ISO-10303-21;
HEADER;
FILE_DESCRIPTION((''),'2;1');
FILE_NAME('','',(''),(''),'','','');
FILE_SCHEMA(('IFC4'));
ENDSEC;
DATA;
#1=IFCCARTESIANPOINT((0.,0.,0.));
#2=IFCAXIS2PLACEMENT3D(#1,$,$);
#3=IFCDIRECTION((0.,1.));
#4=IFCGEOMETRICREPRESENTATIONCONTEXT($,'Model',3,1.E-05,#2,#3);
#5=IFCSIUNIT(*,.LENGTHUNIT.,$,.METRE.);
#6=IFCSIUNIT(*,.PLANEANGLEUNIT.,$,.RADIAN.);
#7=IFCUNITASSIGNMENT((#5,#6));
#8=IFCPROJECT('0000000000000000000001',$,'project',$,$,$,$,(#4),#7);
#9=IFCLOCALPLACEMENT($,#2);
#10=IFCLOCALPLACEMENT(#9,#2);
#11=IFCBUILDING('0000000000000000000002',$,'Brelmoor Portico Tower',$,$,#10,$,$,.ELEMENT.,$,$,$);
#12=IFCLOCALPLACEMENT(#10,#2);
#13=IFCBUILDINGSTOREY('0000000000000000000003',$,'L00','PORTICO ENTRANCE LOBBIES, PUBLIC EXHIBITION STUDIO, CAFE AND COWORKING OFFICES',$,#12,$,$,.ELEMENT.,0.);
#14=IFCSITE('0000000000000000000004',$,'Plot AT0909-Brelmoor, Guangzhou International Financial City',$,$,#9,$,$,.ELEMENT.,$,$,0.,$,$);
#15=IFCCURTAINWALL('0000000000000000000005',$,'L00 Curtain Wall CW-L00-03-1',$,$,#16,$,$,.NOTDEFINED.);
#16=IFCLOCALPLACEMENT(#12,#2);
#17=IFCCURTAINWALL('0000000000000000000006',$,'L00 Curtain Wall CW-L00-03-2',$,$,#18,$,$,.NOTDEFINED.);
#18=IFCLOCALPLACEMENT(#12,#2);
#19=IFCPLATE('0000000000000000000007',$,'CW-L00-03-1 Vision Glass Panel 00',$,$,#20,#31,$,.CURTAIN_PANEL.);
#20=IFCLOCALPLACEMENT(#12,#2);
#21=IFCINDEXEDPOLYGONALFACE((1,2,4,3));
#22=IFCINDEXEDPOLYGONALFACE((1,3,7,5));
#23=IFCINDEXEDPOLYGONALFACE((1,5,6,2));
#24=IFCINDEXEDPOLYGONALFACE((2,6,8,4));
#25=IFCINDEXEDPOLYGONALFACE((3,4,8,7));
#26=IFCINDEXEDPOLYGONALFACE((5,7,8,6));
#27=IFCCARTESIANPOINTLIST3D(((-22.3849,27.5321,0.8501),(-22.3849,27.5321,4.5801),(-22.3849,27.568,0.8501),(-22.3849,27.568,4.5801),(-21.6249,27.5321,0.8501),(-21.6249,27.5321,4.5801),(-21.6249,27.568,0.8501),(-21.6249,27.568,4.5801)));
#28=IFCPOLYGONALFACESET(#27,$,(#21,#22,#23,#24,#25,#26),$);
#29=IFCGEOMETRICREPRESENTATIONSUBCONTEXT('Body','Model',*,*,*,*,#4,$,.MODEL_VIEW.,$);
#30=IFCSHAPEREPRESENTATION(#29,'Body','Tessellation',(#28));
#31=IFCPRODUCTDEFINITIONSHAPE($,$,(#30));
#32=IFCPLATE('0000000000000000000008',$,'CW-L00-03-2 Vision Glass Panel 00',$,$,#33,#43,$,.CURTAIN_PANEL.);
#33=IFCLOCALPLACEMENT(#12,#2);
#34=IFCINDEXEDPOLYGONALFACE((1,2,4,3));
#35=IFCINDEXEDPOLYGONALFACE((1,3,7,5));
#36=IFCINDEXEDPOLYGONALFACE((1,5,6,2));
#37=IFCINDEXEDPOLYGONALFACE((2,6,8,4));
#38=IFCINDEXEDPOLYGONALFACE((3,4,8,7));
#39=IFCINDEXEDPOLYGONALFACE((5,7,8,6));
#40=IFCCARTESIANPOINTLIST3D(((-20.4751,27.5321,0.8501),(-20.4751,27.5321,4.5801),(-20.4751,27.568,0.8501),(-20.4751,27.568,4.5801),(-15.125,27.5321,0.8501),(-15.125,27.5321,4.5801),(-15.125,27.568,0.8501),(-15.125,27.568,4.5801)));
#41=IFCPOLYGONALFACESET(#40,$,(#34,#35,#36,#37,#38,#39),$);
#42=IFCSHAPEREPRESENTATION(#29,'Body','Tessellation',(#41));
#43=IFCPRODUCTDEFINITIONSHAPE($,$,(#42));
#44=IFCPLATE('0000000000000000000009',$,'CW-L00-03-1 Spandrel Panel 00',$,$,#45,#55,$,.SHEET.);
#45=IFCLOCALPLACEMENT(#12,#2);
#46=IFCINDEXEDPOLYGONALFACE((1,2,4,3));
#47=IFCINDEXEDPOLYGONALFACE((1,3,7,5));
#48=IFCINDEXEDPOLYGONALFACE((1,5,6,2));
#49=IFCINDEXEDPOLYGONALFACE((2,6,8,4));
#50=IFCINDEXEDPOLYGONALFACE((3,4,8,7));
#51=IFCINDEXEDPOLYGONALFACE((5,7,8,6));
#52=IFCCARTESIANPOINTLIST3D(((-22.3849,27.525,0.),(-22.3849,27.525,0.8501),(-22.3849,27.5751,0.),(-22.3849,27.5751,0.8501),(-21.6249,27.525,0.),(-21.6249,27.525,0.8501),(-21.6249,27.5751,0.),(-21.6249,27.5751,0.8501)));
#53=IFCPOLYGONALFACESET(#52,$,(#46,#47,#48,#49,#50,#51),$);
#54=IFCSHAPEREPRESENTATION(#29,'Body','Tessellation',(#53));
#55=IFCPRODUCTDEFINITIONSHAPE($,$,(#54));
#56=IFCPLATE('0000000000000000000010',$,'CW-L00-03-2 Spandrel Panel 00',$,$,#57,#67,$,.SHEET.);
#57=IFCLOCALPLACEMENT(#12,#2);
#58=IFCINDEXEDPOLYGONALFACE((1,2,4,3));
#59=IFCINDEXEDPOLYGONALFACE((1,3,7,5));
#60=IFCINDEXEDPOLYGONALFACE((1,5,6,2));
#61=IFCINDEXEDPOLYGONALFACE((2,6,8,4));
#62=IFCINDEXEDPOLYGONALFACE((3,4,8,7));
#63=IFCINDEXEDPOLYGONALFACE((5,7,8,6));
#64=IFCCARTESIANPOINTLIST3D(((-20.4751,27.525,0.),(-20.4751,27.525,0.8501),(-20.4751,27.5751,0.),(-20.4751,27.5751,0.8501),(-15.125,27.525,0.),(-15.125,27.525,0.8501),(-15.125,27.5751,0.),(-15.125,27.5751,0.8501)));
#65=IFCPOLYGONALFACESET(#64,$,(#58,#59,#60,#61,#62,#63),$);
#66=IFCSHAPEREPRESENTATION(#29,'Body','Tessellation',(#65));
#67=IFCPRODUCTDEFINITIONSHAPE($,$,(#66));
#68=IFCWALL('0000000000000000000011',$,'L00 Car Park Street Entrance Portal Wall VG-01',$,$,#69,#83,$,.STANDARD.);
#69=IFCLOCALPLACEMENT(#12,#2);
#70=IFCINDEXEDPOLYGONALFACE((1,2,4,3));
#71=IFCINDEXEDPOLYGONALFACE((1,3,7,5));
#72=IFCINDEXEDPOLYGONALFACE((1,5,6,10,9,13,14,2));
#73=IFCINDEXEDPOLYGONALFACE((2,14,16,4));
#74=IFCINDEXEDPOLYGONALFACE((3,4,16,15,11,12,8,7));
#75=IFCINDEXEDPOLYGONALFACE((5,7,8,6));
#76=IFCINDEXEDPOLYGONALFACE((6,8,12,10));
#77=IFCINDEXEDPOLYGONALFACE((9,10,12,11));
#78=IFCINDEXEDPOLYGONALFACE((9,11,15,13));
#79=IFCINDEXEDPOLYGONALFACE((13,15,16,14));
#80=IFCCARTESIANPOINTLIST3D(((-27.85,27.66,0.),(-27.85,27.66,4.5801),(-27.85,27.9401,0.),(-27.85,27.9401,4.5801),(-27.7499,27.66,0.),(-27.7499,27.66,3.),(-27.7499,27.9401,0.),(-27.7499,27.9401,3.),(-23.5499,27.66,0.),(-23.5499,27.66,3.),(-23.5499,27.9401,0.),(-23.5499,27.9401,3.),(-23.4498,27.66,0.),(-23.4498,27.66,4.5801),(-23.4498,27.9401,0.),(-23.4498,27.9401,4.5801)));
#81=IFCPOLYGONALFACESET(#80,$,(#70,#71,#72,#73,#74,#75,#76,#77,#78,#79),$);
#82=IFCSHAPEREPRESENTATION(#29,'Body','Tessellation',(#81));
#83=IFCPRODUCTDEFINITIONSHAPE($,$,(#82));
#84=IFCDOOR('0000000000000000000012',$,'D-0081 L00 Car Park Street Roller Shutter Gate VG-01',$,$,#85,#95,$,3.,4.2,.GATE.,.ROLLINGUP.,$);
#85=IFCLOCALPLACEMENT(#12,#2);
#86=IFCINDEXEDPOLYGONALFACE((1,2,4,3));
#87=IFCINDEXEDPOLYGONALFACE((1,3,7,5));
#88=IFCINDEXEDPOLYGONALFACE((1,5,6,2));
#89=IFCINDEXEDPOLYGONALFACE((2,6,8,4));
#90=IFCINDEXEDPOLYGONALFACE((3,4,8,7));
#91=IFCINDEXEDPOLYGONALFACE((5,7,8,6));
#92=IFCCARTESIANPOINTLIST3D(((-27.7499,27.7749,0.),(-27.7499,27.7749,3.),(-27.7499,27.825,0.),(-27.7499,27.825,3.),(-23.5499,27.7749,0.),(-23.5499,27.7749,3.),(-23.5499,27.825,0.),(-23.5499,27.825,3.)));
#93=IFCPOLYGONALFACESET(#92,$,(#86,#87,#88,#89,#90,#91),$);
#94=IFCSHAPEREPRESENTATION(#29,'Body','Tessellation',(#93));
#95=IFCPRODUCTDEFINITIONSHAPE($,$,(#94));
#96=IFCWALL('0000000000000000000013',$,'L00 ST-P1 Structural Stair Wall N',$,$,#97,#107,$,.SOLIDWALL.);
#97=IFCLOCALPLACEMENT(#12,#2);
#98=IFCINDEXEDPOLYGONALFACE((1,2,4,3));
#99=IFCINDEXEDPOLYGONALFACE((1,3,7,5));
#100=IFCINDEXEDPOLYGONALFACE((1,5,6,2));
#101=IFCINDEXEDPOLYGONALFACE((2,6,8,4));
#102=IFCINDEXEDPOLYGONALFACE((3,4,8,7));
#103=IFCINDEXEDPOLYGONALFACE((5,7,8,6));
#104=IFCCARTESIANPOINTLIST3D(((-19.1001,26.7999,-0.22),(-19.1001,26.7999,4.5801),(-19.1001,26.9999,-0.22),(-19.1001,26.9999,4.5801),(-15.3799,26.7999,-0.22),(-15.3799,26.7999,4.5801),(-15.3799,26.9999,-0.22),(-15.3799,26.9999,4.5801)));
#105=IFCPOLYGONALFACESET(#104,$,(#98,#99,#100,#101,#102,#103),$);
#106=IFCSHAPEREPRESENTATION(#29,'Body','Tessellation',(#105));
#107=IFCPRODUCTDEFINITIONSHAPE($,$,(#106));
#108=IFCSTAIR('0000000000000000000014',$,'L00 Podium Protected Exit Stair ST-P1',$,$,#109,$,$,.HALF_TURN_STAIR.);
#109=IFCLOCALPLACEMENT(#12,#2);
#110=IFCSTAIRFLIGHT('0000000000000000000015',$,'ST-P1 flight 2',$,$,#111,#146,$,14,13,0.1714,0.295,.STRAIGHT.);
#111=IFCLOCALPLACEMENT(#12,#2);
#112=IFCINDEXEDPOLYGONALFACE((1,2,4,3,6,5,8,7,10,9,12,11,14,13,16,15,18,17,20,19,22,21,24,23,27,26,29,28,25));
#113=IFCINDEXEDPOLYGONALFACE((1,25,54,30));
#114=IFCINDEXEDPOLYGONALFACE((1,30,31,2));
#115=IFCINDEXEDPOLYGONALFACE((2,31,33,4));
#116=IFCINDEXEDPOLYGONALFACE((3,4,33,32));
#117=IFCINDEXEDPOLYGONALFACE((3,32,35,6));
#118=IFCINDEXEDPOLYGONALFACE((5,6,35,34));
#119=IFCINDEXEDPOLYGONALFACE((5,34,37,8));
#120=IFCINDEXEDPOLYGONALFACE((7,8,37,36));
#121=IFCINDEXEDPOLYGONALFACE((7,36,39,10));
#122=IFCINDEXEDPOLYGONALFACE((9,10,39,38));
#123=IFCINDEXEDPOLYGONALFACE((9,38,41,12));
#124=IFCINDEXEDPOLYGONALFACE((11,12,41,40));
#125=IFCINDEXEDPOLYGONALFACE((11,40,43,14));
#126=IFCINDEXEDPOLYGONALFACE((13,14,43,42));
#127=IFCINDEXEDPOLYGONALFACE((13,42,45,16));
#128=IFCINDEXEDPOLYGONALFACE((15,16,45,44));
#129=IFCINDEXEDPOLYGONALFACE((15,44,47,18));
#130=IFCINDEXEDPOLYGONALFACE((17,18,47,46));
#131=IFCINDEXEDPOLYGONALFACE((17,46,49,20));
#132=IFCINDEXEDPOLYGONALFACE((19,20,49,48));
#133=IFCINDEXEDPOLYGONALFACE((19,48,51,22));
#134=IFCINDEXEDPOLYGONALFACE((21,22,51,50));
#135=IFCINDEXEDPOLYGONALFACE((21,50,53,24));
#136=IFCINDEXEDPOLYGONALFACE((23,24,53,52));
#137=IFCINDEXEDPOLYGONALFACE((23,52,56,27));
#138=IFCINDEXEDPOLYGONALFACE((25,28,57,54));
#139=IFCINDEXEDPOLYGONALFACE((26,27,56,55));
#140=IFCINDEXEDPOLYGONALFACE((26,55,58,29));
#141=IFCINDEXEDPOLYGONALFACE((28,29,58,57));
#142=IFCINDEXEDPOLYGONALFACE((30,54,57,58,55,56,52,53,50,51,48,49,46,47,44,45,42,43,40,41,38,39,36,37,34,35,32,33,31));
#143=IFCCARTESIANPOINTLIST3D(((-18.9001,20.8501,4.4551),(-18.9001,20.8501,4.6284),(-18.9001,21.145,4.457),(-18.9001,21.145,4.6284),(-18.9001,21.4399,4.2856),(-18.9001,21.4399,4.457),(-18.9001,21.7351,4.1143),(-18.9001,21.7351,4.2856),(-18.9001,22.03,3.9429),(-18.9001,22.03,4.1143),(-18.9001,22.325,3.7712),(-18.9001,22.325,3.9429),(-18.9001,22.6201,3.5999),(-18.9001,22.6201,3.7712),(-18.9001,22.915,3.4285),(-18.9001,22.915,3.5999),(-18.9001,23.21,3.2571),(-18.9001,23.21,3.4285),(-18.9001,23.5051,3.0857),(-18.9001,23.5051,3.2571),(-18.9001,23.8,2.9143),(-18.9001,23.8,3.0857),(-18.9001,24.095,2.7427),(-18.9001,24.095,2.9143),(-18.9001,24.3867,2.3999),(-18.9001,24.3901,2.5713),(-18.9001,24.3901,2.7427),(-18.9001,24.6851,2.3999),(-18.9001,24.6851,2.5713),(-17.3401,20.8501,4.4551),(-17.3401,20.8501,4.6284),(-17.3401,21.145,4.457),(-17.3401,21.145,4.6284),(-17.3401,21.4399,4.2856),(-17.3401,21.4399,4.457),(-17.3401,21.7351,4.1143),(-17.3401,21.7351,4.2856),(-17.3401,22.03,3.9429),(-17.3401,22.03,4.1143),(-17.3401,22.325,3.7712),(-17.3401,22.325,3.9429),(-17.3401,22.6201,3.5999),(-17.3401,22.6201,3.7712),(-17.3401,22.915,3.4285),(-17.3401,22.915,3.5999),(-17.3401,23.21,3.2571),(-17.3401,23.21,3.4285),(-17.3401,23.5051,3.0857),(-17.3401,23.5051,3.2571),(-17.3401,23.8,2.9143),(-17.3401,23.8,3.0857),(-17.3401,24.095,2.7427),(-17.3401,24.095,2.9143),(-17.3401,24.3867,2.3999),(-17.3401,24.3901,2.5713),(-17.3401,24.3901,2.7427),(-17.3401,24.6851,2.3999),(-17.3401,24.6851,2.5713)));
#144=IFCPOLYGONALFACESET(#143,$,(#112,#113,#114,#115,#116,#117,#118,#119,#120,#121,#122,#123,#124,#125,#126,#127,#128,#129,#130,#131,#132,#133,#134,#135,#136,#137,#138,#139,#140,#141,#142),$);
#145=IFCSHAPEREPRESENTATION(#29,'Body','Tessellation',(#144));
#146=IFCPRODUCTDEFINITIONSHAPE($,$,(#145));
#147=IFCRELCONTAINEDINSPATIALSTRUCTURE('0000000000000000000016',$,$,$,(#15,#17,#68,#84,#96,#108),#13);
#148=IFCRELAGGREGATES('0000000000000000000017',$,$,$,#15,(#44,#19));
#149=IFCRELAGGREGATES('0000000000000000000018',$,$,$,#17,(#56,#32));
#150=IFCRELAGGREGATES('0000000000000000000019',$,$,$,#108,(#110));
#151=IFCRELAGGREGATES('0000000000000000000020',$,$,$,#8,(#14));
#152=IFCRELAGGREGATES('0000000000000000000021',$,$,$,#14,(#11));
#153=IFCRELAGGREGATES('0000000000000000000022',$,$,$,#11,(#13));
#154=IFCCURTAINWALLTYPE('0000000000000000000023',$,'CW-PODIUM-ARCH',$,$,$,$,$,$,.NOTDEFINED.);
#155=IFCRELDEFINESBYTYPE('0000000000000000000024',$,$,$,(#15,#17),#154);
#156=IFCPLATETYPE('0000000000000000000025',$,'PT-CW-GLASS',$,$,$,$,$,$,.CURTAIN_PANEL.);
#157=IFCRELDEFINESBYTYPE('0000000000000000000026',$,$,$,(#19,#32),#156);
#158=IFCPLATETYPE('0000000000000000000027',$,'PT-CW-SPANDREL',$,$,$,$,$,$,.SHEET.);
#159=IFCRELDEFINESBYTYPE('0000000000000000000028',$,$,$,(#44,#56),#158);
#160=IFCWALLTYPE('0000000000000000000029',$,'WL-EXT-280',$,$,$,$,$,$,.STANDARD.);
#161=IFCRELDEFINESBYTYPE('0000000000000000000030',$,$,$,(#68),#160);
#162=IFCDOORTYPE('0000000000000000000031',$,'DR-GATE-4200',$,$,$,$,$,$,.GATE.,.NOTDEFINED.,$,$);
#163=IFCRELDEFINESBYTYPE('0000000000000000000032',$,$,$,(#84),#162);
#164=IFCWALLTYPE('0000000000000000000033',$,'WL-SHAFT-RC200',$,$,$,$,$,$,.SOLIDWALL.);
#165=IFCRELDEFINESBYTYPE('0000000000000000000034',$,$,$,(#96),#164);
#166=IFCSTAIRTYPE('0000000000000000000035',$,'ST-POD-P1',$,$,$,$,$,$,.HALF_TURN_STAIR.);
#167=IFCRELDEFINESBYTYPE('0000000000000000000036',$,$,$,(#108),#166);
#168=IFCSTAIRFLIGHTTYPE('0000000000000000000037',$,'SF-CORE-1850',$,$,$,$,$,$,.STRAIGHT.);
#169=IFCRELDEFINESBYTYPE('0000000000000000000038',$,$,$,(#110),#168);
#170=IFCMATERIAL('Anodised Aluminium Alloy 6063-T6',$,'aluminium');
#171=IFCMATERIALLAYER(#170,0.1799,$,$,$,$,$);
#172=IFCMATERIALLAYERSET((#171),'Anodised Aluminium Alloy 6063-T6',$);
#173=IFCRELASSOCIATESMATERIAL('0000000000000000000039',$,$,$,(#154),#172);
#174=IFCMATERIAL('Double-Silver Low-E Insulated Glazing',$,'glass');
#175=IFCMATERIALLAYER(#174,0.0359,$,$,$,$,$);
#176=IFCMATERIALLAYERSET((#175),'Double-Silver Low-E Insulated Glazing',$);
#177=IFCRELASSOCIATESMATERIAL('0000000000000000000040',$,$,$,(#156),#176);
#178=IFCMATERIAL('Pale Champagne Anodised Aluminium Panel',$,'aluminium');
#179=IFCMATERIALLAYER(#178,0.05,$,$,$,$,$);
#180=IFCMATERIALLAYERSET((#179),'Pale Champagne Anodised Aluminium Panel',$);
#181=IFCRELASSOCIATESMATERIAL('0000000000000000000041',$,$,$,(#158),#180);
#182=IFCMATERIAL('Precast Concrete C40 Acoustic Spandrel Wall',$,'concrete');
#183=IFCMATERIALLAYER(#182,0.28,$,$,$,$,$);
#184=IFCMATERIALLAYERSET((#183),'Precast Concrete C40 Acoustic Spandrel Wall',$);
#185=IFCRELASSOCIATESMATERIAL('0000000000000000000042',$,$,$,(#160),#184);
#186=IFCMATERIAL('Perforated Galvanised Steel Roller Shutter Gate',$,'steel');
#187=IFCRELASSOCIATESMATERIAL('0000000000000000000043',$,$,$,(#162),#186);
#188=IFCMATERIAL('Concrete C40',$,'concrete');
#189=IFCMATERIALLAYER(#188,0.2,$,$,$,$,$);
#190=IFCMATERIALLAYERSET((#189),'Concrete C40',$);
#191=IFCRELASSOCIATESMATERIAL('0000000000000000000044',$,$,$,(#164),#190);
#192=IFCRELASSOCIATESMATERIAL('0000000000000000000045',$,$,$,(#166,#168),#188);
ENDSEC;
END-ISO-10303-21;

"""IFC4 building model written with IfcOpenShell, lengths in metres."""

from ifc_helpers import new_model, si_unit, direction, frame, frame_2d, origin, origin_2d, place, context, subcontext, project, spatial, polyline, rectangle, outline, extrude, material, layer, layer_set, type_object, element, fill, aggregate, save


model = new_model("IFC4")

# Units and contexts
model_context = context("Model", 3, precision=1e-05, world=origin(), true_north=direction((0.0, 1.0)))
body_context = subcontext(model_context, "Body", "Model", "MODEL_VIEW")
ifc_project = project(units=[si_unit("LENGTHUNIT", "METRE"), si_unit("PLANEANGLEUNIT", "RADIAN")], contexts=[model_context])

# Site, building, storey
site_placement = place(None, origin())
site = spatial("IfcSite", under=ifc_project, at=site_placement, Name="Plot AT0909-Brelmoor, Guangzhou International Financial City", CompositionType="ELEMENT", RefElevation=0.0)
building_placement = place(site_placement, origin())
building = spatial("IfcBuilding", under=site, at=building_placement, Name="Brelmoor Portico Tower", CompositionType="ELEMENT")
storey_placement = place(building_placement, origin())
storey = spatial("IfcBuildingStorey", under=building, at=storey_placement, Name="L00", Description="PORTICO ENTRANCE LOBBIES, PUBLIC EXHIBITION STUDIO, CAFE AND COWORKING OFFICES", CompositionType="ELEMENT", Elevation=0.0)

# Curtain wall
ifc_material_1 = material(Name="Anodised Aluminium Alloy 6063-T6", Category="aluminium")
ifc_layer_1 = layer(ifc_material_1, 0.1799)
ifc_layer_set_1 = layer_set([ifc_layer_1], Name="Anodised Aluminium Alloy 6063-T6")
curtain_wall_type = type_object("IfcCurtainWallType", Name="CW-PODIUM-ARCH", PredefinedType="NOTDEFINED", material=ifc_layer_set_1)
curtain_wall_1_placement = place(storey_placement, origin())
curtain_wall_1 = element("IfcCurtainWall", 1, at=curtain_wall_1_placement, inside=storey, type_object=curtain_wall_type, Name="L00 Curtain Wall CW-L00-03-1", PredefinedType="NOTDEFINED")

# Curtain wall
curtain_wall_2_placement = place(storey_placement, origin())
curtain_wall_2 = element("IfcCurtainWall", 2, at=curtain_wall_2_placement, inside=storey, type_object=curtain_wall_type, Name="L00 Curtain Wall CW-L00-03-2", PredefinedType="NOTDEFINED")

# Plates
ifc_material_2 = material(Name="Double-Silver Low-E Insulated Glazing", Category="glass")
ifc_layer_2 = layer(ifc_material_2, 0.0359)
ifc_layer_set_2 = layer_set([ifc_layer_2], Name="Double-Silver Low-E Insulated Glazing")
plate_type_1 = type_object("IfcPlateType", Name="PT-CW-GLASS", PredefinedType="CURTAIN_PANEL", material=ifc_layer_set_2)
plate_1_placement = place(storey_placement, frame((-22.0049, 27.55, 0.8501), z_axis=(0.0, 0.0, 1.0), x_axis=(1.0, 0.0, 0.0)))
plate_1 = element("IfcPlate", 3, at=plate_1_placement, type_object=plate_type_1, Name="CW-L00-03-1 Vision Glass Panel 00", PredefinedType="CURTAIN_PANEL", context=body_context, shape_type="SweptSolid", body=[
    extrude(rectangle(XDim=0.76, YDim=0.0359, at=origin_2d()), origin(), (0.0, 0.0, 1.0), 3.73),
])
plate_2_placement = place(storey_placement, frame((-17.8, 27.55, 0.8501), z_axis=(0.0, 0.0, 1.0), x_axis=(1.0, 0.0, 0.0)))
plate_2 = element("IfcPlate", 4, at=plate_2_placement, type_object=plate_type_1, Name="CW-L00-03-2 Vision Glass Panel 00", PredefinedType="CURTAIN_PANEL", context=body_context, shape_type="SweptSolid", body=[
    extrude(rectangle(XDim=5.3501, YDim=0.0359, at=origin_2d()), origin(), (0.0, 0.0, 1.0), 3.73),
])
ifc_material_3 = material(Name="Pale Champagne Anodised Aluminium Panel", Category="aluminium")
ifc_layer_3 = layer(ifc_material_3, 0.05)
ifc_layer_set_3 = layer_set([ifc_layer_3], Name="Pale Champagne Anodised Aluminium Panel")
plate_type_2 = type_object("IfcPlateType", Name="PT-CW-SPANDREL", PredefinedType="SHEET", material=ifc_layer_set_3)
plate_3_placement = place(storey_placement, frame((-22.0049, 27.55, 0.0), z_axis=(0.0, 0.0, 1.0), x_axis=(1.0, 0.0, 0.0)))
plate_3 = element("IfcPlate", 5, at=plate_3_placement, type_object=plate_type_2, Name="CW-L00-03-1 Spandrel Panel 00", PredefinedType="SHEET", context=body_context, shape_type="SweptSolid", body=[
    extrude(rectangle(XDim=0.76, YDim=0.05, at=origin_2d()), origin(), (0.0, 0.0, 1.0), 0.8501),
])
aggregate(curtain_wall_1, [plate_3, plate_1])
plate_4_placement = place(storey_placement, frame((-17.8, 27.55, 0.0), z_axis=(0.0, 0.0, 1.0), x_axis=(1.0, 0.0, 0.0)))
plate_4 = element("IfcPlate", 6, at=plate_4_placement, type_object=plate_type_2, Name="CW-L00-03-2 Spandrel Panel 00", PredefinedType="SHEET", context=body_context, shape_type="SweptSolid", body=[
    extrude(rectangle(XDim=5.3501, YDim=0.05, at=origin_2d()), origin(), (0.0, 0.0, 1.0), 0.8501),
])
aggregate(curtain_wall_2, [plate_4, plate_2])

# Wall, opening, door
ifc_material_4 = material(Name="Precast Concrete C40 Acoustic Spandrel Wall", Category="concrete")
ifc_layer_4 = layer(ifc_material_4, 0.28)
ifc_layer_set_4 = layer_set([ifc_layer_4], Name="Precast Concrete C40 Acoustic Spandrel Wall")
wall_type_1 = type_object("IfcWallType", Name="WL-EXT-280", PredefinedType="STANDARD", material=ifc_layer_set_4)
wall_1_placement = place(storey_placement, frame((-27.8501, 27.8, 0.0), z_axis=(0.0, 0.0, 1.0), x_axis=(1.0, 0.0, 0.0)))
wall_1 = element("IfcWall", 7, at=wall_1_placement, inside=storey, type_object=wall_type_1, Name="L00 Car Park Street Entrance Portal Wall VG-01", PredefinedType="STANDARD", context=body_context, shape_type="SweptSolid", body=[
    extrude(rectangle(XDim=4.4001, YDim=0.28, at=frame_2d((2.2002, 0.0))), origin(), (0.0, 0.0, 1.0), 4.5801),
])
opening_1_placement = place(wall_1_placement, frame((0.1001, 0.0, 0.0)))
opening_1 = element("IfcOpeningElement", 8, at=opening_1_placement, cuts=wall_1, PredefinedType="OPENING", context=body_context, shape_type="SweptSolid", body=[
    extrude(rectangle(XDim=4.2, YDim=3.0, at=frame_2d((2.1001, 1.5))), frame((0.0, 0.1499, 0.0), z_axis=(0.0, -1.0, 0.0), x_axis=(1.0, 0.0, 0.0)), (0.0, 0.0, 1.0), 0.3),
])
ifc_material_5 = material(Name="Perforated Galvanised Steel Roller Shutter Gate", Category="steel")
door_type_1 = type_object("IfcDoorType", Name="DR-GATE-4200", OperationType="NOTDEFINED", PredefinedType="GATE", material=ifc_material_5)
door_1_placement = place(opening_1_placement, origin())
door_1 = element("IfcDoor", 9, at=door_1_placement, inside=storey, type_object=door_type_1, Name="D-0081 L00 Car Park Street Roller Shutter Gate VG-01", OperationType="ROLLINGUP", OverallHeight=3.0, OverallWidth=4.2, PredefinedType="GATE", context=body_context, shape_type="SweptSolid", body=[
    extrude(rectangle(XDim=4.2, YDim=3.0, at=frame_2d((2.1001, 1.5))), frame((0.0, 0.0249, 0.0), z_axis=(0.0, -1.0, 0.0), x_axis=(1.0, 0.0, 0.0)), (0.0, 0.0, 1.0), 0.05),
])
fill(opening_1, door_1)

# Wall
ifc_material_6 = material(Name="Concrete C40", Category="concrete")
ifc_layer_5 = layer(ifc_material_6, 0.2)
ifc_layer_set_5 = layer_set([ifc_layer_5], Name="Concrete C40")
wall_type_2 = type_object("IfcWallType", Name="WL-SHAFT-RC200", PredefinedType="SOLIDWALL", material=ifc_layer_set_5)
wall_2_placement = place(storey_placement, frame((-19.1001, 26.8999, -0.22), z_axis=(0.0, 0.0, 1.0), x_axis=(1.0, 0.0, 0.0)))
element("IfcWall", 10, at=wall_2_placement, inside=storey, type_object=wall_type_2, Name="L00 ST-P1 Structural Stair Wall N", PredefinedType="SOLIDWALL", context=body_context, shape_type="SweptSolid", body=[
    extrude(rectangle(XDim=3.7202, YDim=0.2, at=frame_2d((1.8601, 0.0))), origin(), (0.0, 0.0, 1.0), 4.8),
])

# Stair, stair flight
stair_type = type_object("IfcStairType", Name="ST-POD-P1", PredefinedType="HALF_TURN_STAIR", material=ifc_material_6)
stair_placement = place(storey_placement, origin())
stair = element("IfcStair", 11, at=stair_placement, inside=storey, type_object=stair_type, Name="L00 Podium Protected Exit Stair ST-P1", PredefinedType="HALF_TURN_STAIR")
stair_flight_type = type_object("IfcStairFlightType", Name="SF-CORE-1850", PredefinedType="STRAIGHT", material=ifc_material_6)
stair_flight_placement = place(storey_placement, frame((-18.1201, 24.6851, 2.3999), z_axis=(0.0, 0.0, 1.0), x_axis=(0.0, -1.0, 0.0)))
stair_flight = element("IfcStairFlight", 12, at=stair_flight_placement, type_object=stair_flight_type, Name="ST-P1 flight 2", NumberOfRisers=14, NumberOfTreads=13, PredefinedType="STRAIGHT", RiserHeight=0.1714, TreadLength=0.295, context=body_context, shape_type="SweptSolid", body=[
    extrude(outline(polyline([(0.0, 0.0), (0.0, 0.1714), (0.2949, 0.1714), (0.2949, 0.3428), (0.5901, 0.3428), (0.5901, 0.5144), (0.885, 0.5144), (0.885, 0.6858), (1.1799, 0.6858), (1.1799, 0.8572), (1.4751, 0.8572), (1.4751, 1.0286), (1.77, 1.0286), (1.77, 1.2), (2.0649, 1.2), (2.0649, 1.3713), (2.3601, 1.3713), (2.3601, 1.543), (2.655, 1.543), (2.655, 1.7144), (2.95, 1.7144), (2.95, 1.8857), (3.2451, 1.8857), (3.2451, 2.0571), (3.54, 2.0571), (3.54, 2.2285), (3.835, 2.2285), (3.835, 2.3999), (3.835, 2.0552), (0.2983, 0.0), (0.0, 0.0)])), frame((0.0, 0.78, 0.0), z_axis=(0.0, -1.0, 0.0), x_axis=(1.0, 0.0, 0.0)), (0.0, 0.0, 1.0), 1.5601),
])
aggregate(stair, [stair_flight])

save(model, "model.ifc")
